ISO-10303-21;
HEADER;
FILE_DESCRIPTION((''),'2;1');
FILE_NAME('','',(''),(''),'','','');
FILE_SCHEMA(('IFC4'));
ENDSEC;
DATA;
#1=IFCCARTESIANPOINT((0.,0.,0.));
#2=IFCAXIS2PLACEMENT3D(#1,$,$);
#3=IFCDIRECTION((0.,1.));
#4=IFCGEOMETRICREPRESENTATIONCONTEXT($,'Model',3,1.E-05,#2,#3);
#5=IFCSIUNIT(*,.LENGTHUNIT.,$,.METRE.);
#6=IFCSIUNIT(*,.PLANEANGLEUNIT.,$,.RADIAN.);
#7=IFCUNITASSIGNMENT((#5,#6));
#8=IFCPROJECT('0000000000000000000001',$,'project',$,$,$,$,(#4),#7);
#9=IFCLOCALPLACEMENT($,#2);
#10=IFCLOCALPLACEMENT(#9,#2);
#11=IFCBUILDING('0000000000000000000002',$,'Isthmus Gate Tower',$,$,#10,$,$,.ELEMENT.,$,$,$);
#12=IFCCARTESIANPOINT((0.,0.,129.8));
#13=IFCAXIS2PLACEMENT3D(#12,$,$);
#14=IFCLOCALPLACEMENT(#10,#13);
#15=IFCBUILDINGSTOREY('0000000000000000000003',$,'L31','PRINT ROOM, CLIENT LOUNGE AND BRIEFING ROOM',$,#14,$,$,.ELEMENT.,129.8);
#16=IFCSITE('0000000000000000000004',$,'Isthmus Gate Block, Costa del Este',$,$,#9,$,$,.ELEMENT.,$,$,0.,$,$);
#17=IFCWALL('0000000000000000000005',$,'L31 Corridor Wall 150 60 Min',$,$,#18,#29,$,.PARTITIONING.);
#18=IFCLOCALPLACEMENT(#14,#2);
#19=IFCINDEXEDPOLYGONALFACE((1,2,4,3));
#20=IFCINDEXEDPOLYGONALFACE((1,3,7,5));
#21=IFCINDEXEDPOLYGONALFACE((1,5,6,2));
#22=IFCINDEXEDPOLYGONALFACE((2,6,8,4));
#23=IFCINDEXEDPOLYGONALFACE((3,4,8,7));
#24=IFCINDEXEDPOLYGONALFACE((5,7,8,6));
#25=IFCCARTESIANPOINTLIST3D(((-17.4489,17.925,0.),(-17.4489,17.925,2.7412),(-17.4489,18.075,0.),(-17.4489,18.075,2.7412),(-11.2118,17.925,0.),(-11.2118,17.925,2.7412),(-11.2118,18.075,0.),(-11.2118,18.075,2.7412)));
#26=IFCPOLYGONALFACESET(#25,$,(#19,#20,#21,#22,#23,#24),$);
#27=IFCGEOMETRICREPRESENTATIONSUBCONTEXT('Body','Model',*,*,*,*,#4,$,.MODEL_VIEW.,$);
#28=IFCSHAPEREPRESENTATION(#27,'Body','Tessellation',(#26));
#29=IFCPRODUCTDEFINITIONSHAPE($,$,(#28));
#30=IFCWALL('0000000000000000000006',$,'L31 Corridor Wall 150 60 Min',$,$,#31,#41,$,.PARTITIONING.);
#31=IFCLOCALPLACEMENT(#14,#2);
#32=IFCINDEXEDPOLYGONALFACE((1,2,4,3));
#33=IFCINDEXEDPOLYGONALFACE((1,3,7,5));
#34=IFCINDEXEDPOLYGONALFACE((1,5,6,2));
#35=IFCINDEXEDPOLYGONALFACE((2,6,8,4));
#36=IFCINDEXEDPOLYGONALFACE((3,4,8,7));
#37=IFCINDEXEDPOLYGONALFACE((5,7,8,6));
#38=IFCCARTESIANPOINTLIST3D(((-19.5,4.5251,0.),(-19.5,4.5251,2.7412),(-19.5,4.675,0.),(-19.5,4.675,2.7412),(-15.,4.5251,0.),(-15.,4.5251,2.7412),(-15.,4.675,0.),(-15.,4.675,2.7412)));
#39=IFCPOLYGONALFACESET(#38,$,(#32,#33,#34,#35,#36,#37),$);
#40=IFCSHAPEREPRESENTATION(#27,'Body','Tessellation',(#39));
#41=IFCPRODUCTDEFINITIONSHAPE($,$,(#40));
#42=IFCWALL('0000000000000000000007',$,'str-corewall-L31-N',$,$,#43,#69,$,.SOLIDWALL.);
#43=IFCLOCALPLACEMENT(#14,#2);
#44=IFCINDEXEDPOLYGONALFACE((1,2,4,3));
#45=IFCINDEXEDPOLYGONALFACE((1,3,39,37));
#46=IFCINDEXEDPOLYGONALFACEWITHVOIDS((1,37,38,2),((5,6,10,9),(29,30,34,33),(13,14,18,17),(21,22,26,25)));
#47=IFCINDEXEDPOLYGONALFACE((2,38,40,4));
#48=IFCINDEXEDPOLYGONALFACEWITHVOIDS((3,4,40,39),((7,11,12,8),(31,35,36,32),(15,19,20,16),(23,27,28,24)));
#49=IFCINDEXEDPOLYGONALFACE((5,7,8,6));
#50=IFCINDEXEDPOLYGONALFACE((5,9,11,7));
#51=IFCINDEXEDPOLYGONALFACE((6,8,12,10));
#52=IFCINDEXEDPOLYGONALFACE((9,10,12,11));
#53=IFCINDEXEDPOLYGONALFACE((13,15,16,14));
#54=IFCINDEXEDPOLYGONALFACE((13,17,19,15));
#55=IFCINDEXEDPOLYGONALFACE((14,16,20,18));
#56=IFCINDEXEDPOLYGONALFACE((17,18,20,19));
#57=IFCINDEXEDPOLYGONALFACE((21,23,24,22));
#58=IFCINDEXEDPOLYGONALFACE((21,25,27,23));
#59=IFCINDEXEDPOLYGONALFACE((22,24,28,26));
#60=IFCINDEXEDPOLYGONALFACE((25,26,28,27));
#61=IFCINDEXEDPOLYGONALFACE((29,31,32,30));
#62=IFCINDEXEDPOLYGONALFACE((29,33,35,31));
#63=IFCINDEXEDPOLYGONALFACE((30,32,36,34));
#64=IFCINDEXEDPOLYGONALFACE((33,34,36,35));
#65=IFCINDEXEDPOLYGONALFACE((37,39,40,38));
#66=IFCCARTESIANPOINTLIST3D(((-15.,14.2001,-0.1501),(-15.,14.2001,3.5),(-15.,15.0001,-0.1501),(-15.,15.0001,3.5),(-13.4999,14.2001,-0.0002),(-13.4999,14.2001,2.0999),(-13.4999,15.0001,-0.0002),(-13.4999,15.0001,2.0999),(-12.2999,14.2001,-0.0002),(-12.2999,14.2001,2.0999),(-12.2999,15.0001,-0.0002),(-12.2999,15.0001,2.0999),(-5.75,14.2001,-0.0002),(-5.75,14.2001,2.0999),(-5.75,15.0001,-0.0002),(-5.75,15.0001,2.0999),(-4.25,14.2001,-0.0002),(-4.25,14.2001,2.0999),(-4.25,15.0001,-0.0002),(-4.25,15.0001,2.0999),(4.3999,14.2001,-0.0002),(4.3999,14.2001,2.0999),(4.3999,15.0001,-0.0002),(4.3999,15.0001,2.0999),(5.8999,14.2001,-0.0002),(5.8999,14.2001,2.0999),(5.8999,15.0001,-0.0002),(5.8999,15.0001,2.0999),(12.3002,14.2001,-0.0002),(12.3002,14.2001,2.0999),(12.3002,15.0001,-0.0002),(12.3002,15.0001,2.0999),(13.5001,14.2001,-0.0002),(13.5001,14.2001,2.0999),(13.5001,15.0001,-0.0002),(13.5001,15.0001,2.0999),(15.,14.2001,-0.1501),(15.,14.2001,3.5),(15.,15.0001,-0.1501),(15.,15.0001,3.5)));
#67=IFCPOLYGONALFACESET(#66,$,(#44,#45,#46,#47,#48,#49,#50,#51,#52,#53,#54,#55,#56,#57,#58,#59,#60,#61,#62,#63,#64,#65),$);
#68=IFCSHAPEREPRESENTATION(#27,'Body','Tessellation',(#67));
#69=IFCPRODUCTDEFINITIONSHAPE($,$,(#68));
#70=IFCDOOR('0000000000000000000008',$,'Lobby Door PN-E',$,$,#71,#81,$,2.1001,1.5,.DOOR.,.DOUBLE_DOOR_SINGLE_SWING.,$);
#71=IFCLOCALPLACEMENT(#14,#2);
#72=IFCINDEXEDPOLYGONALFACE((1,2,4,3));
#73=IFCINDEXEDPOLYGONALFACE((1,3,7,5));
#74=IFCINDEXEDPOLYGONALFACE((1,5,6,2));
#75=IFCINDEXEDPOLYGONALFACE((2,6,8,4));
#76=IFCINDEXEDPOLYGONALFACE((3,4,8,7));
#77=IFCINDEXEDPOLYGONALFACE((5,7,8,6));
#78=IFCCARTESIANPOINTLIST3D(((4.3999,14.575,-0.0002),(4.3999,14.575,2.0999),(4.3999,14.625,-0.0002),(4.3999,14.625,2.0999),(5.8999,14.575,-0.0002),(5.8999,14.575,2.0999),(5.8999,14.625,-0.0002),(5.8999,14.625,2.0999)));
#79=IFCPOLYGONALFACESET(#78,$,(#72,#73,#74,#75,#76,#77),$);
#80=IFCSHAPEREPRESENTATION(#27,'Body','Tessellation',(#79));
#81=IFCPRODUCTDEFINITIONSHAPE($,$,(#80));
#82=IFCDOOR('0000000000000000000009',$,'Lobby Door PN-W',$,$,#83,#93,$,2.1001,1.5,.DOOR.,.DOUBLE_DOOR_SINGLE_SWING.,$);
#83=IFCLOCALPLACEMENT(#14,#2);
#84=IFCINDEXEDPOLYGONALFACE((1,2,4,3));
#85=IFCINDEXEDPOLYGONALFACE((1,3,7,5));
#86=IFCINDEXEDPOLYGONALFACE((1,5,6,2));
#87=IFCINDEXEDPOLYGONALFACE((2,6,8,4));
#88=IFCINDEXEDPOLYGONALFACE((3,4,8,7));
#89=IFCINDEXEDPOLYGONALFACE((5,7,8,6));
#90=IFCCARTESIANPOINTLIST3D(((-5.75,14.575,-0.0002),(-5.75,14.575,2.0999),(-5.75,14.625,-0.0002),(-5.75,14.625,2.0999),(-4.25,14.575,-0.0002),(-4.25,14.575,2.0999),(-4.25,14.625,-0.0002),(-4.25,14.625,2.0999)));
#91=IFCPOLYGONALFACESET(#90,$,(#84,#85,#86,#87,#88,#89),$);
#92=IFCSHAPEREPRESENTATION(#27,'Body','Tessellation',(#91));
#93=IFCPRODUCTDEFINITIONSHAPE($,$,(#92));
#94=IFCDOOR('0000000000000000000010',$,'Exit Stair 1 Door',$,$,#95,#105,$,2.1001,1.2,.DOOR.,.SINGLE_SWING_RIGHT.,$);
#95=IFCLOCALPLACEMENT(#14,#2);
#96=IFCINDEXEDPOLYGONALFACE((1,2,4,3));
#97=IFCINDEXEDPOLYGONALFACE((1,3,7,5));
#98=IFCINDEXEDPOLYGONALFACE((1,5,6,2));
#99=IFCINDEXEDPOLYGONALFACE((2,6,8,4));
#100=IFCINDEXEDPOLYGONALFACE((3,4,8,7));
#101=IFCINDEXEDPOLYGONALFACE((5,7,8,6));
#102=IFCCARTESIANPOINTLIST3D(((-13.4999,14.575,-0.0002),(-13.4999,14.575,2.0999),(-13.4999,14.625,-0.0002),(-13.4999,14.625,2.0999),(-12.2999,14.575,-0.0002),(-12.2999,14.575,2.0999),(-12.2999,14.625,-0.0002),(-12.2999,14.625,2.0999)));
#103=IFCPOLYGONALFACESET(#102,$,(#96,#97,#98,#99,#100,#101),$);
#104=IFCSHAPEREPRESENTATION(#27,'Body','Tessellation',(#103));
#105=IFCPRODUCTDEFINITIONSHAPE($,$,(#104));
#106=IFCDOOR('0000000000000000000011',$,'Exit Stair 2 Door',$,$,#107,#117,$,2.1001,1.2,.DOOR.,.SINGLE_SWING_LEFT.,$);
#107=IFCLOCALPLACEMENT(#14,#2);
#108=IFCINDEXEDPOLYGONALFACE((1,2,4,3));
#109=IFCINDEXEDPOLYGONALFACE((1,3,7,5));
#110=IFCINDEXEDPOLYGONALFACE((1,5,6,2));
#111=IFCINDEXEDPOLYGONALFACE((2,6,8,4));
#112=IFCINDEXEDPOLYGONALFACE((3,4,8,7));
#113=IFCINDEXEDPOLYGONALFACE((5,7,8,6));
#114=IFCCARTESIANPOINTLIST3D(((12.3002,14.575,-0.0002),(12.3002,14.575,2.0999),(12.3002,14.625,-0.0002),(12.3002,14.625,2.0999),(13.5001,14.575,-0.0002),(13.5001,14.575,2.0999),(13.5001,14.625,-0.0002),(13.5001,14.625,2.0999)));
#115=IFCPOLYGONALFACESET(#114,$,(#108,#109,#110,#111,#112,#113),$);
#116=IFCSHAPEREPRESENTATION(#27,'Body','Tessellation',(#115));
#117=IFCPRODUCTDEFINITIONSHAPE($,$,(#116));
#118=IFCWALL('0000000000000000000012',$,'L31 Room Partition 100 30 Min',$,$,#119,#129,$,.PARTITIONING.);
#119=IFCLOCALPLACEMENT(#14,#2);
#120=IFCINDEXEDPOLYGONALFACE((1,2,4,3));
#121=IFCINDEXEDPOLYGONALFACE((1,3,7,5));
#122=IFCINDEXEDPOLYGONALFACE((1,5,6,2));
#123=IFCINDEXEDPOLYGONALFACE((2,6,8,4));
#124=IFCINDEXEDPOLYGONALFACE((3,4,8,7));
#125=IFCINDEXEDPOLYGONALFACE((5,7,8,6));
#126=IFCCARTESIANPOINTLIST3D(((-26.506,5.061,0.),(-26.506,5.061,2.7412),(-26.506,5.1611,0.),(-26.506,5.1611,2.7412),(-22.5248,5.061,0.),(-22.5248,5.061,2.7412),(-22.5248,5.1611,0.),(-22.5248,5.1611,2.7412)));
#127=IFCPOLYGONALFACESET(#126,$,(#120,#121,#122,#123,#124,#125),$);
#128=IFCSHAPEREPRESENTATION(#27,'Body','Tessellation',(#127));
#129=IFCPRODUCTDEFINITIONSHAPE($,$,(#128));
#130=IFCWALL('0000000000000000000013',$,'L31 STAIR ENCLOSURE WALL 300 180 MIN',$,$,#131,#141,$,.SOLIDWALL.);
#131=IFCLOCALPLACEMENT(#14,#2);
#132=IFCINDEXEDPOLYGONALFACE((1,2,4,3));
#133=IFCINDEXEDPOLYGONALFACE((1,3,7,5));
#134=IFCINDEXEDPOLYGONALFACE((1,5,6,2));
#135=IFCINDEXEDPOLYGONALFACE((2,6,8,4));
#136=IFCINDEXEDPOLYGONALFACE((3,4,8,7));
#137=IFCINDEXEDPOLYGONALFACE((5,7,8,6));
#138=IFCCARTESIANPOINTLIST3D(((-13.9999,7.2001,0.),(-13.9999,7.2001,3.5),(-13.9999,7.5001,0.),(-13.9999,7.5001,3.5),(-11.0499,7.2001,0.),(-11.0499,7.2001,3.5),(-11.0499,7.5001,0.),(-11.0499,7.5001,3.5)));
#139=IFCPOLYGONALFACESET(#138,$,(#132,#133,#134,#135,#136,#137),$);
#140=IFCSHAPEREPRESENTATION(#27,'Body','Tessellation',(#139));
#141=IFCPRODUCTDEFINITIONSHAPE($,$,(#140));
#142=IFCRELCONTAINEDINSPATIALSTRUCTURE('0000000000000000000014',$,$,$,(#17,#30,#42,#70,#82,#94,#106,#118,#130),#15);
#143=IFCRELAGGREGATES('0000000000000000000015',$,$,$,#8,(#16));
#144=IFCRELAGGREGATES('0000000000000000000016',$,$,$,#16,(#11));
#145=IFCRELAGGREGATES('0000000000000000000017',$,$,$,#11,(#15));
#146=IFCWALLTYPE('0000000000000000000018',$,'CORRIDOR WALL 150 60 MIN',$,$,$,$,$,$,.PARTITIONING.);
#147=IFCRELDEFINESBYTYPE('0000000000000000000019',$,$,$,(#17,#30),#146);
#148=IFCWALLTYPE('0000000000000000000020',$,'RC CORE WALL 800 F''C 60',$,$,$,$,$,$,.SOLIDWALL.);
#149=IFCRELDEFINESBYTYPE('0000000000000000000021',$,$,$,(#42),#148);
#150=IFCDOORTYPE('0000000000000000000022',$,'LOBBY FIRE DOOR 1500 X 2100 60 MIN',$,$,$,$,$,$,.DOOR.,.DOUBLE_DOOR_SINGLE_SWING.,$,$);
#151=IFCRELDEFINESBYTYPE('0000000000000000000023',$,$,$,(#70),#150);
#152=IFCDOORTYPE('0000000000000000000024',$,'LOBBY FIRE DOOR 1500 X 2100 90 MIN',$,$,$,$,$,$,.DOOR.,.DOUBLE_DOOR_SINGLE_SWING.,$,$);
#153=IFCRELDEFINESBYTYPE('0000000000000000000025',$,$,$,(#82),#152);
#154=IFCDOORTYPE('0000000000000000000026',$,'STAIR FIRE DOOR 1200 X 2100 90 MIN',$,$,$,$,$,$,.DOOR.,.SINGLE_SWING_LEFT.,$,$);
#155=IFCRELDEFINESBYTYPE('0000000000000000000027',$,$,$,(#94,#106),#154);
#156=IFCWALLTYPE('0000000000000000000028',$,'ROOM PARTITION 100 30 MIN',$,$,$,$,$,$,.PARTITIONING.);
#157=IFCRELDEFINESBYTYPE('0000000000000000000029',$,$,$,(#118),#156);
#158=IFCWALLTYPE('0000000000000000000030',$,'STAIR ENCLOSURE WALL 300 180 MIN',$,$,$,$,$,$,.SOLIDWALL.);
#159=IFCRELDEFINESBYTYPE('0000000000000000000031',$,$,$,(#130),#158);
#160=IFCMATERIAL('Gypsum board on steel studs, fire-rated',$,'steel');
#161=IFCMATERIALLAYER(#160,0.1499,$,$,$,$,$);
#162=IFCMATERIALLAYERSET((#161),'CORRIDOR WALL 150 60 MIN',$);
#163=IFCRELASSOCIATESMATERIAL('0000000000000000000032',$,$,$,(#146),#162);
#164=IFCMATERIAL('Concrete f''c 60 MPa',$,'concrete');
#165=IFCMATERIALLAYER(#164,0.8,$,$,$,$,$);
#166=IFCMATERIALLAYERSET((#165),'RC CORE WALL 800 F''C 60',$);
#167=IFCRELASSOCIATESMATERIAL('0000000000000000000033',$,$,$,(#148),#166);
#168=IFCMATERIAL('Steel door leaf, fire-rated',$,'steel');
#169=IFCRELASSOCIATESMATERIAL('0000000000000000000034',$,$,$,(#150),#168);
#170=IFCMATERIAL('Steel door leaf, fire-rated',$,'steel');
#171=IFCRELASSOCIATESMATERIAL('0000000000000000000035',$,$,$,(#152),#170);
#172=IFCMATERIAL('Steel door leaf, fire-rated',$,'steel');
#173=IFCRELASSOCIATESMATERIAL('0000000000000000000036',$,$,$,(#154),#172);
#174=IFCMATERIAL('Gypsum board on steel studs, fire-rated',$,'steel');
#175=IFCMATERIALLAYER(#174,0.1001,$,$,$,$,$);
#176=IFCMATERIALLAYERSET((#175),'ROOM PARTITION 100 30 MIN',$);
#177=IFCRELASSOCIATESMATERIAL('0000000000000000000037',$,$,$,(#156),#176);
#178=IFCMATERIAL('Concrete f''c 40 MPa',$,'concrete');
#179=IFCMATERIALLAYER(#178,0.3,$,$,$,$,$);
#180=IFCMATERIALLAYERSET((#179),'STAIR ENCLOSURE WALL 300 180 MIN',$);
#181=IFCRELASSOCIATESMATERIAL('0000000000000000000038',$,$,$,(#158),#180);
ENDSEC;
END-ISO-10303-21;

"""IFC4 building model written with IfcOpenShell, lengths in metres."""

from ifc_helpers import new_model, si_unit, direction, frame, frame_2d, origin, place, context, subcontext, project, spatial, rectangle, extrude, material, layer, layer_set, type_object, element, fill, save


model = new_model("IFC4")

# Units and contexts
model_context = context("Model", 3, precision=1e-05, world=origin(), true_north=direction((0.0, 1.0)))
body_context = subcontext(model_context, "Body", "Model", "MODEL_VIEW")
ifc_project = project(units=[si_unit("LENGTHUNIT", "METRE"), si_unit("PLANEANGLEUNIT", "RADIAN")], contexts=[model_context])

# Site, building, storey
site_placement = place(None, origin())
site = spatial("IfcSite", under=ifc_project, at=site_placement, Name="Isthmus Gate Block, Costa del Este", CompositionType="ELEMENT", RefElevation=0.0)
building_placement = place(site_placement, origin())
building = spatial("IfcBuilding", under=site, at=building_placement, Name="Isthmus Gate Tower", CompositionType="ELEMENT")
storey_placement = place(building_placement, frame((0.0, 0.0, 129.8)))
storey = spatial("IfcBuildingStorey", under=building, at=storey_placement, Name="L31", Description="PRINT ROOM, CLIENT LOUNGE AND BRIEFING ROOM", CompositionType="ELEMENT", Elevation=129.8)

# Shared definitions
ifc_material_1 = material(Name="Gypsum board on steel studs, fire-rated", Category="steel")
ifc_layer_1 = layer(ifc_material_1, 0.1499)
ifc_layer_set_1 = layer_set([ifc_layer_1], Name="CORRIDOR WALL 150 60 MIN")
wall_type_1 = type_object("IfcWallType", Name="CORRIDOR WALL 150 60 MIN", PredefinedType="PARTITIONING", material=ifc_layer_set_1)

# Walls
wall_1_placement = place(storey_placement, frame((-17.449, 18.0, 0.0), z_axis=(0.0, 0.0, 1.0), x_axis=(1.0, 0.0, 0.0)))
element("IfcWall", 1, at=wall_1_placement, inside=storey, type_object=wall_type_1, Name="L31 Corridor Wall 150 60 Min", PredefinedType="PARTITIONING", context=body_context, shape_type="SweptSolid", body=[
    extrude(rectangle(XDim=6.2371, YDim=0.1499, at=frame_2d((3.1187, 0.0))), origin(), (0.0, 0.0, 1.0), 2.7412),
])
wall_2_placement = place(storey_placement, frame((-19.5, 4.6001, 0.0), z_axis=(0.0, 0.0, 1.0), x_axis=(1.0, 0.0, 0.0)))
element("IfcWall", 2, at=wall_2_placement, inside=storey, type_object=wall_type_1, Name="L31 Corridor Wall 150 60 Min", PredefinedType="PARTITIONING", context=body_context, shape_type="SweptSolid", body=[
    extrude(rectangle(XDim=4.5, YDim=0.1499, at=frame_2d((2.25, 0.0))), origin(), (0.0, 0.0, 1.0), 2.7412),
])

# Wall, openings, doors
ifc_material_2 = material(Name="Concrete f'c 60 MPa", Category="concrete")
ifc_layer_2 = layer(ifc_material_2, 0.8)
ifc_layer_set_2 = layer_set([ifc_layer_2], Name="RC CORE WALL 800 F'C 60")
wall_type_2 = type_object("IfcWallType", Name="RC CORE WALL 800 F'C 60", PredefinedType="SOLIDWALL", material=ifc_layer_set_2)
wall_3_placement = place(storey_placement, frame((-15.0, 14.6001, -0.1501), z_axis=(0.0, 0.0, 1.0), x_axis=(1.0, 0.0, 0.0)))
wall_3 = element("IfcWall", 3, at=wall_3_placement, inside=storey, type_object=wall_type_2, Name="str-corewall-L31-N", PredefinedType="SOLIDWALL", context=body_context, shape_type="SweptSolid", body=[
    extrude(rectangle(XDim=30.0, YDim=0.8, at=frame_2d((15.0, 0.0))), origin(), (0.0, 0.0, 1.0), 3.6501),
])
opening_1_placement = place(wall_3_placement, frame((9.25, 0.0, 0.1499)))
opening_1 = element("IfcOpeningElement", 4, at=opening_1_placement, cuts=wall_3, PredefinedType="OPENING", context=body_context, shape_type="SweptSolid", body=[
    extrude(rectangle(XDim=1.5, YDim=2.1001, at=frame_2d((0.75, 1.05))), frame((0.0, 0.4099, 0.0), z_axis=(0.0, -1.0, 0.0), x_axis=(1.0, 0.0, 0.0)), (0.0, 0.0, 1.0), 0.8201),
])
opening_2_placement = place(wall_3_placement, frame((19.3999, 0.0, 0.1499)))
opening_2 = element("IfcOpeningElement", 5, at=opening_2_placement, cuts=wall_3, PredefinedType="OPENING", context=body_context, shape_type="SweptSolid", body=[
    extrude(rectangle(XDim=1.5, YDim=2.1001, at=frame_2d((0.75, 1.05))), frame((0.0, 0.4099, 0.0), z_axis=(0.0, -1.0, 0.0), x_axis=(1.0, 0.0, 0.0)), (0.0, 0.0, 1.0), 0.8201),
])
opening_3_placement = place(wall_3_placement, frame((1.5, 0.0, 0.1499)))
opening_3 = element("IfcOpeningElement", 6, at=opening_3_placement, cuts=wall_3, PredefinedType="OPENING", context=body_context, shape_type="SweptSolid", body=[
    extrude(rectangle(XDim=1.2, YDim=2.1001, at=frame_2d((0.6001, 1.05))), frame((0.0, 0.4099, 0.0), z_axis=(0.0, -1.0, 0.0), x_axis=(1.0, 0.0, 0.0)), (0.0, 0.0, 1.0), 0.8201),
])
opening_4_placement = place(wall_3_placement, frame((27.3, 0.0, 0.1499)))
opening_4 = element("IfcOpeningElement", 7, at=opening_4_placement, cuts=wall_3, PredefinedType="OPENING", context=body_context, shape_type="SweptSolid", body=[
    extrude(rectangle(XDim=1.2, YDim=2.1001, at=frame_2d((0.6001, 1.05))), frame((0.0, 0.4099, 0.0), z_axis=(0.0, -1.0, 0.0), x_axis=(1.0, 0.0, 0.0)), (0.0, 0.0, 1.0), 0.8201),
])
ifc_material_3 = material(Name="Steel door leaf, fire-rated", Category="steel")
door_type_1 = type_object("IfcDoorType", Name="LOBBY FIRE DOOR 1500 X 2100 60 MIN", OperationType="DOUBLE_DOOR_SINGLE_SWING", PredefinedType="DOOR", material=ifc_material_3)
door_1_placement = place(opening_2_placement, origin())
door_1 = element("IfcDoor", 8, at=door_1_placement, inside=storey, type_object=door_type_1, Name="Lobby Door PN-E", OperationType="DOUBLE_DOOR_SINGLE_SWING", OverallHeight=2.1001, OverallWidth=1.5, PredefinedType="DOOR", context=body_context, shape_type="SweptSolid", body=[
    extrude(rectangle(XDim=1.5, YDim=2.1001, at=frame_2d((0.75, 1.05))), frame((0.0, 0.0249, 0.0), z_axis=(0.0, -1.0, 0.0), x_axis=(1.0, 0.0, 0.0)), (0.0, 0.0, 1.0), 0.05),
])
fill(opening_2, door_1)
ifc_material_4 = material(Name="Steel door leaf, fire-rated", Category="steel")
door_type_2 = type_object("IfcDoorType", Name="LOBBY FIRE DOOR 1500 X 2100 90 MIN", OperationType="DOUBLE_DOOR_SINGLE_SWING", PredefinedType="DOOR", material=ifc_material_4)
door_2_placement = place(opening_1_placement, origin())
door_2 = element("IfcDoor", 9, at=door_2_placement, inside=storey, type_object=door_type_2, Name="Lobby Door PN-W", OperationType="DOUBLE_DOOR_SINGLE_SWING", OverallHeight=2.1001, OverallWidth=1.5, PredefinedType="DOOR", context=body_context, shape_type="SweptSolid", body=[
    extrude(rectangle(XDim=1.5, YDim=2.1001, at=frame_2d((0.75, 1.05))), frame((0.0, 0.0249, 0.0), z_axis=(0.0, -1.0, 0.0), x_axis=(1.0, 0.0, 0.0)), (0.0, 0.0, 1.0), 0.05),
])
fill(opening_1, door_2)
ifc_material_5 = material(Name="Steel door leaf, fire-rated", Category="steel")
door_type_3 = type_object("IfcDoorType", Name="STAIR FIRE DOOR 1200 X 2100 90 MIN", OperationType="SINGLE_SWING_LEFT", PredefinedType="DOOR", material=ifc_material_5)
door_3_placement = place(opening_3_placement, origin())
door_3 = element("IfcDoor", 10, at=door_3_placement, inside=storey, type_object=door_type_3, Name="Exit Stair 1 Door", OperationType="SINGLE_SWING_RIGHT", OverallHeight=2.1001, OverallWidth=1.2, PredefinedType="DOOR", context=body_context, shape_type="SweptSolid", body=[
    extrude(rectangle(XDim=1.2, YDim=2.1001, at=frame_2d((0.6001, 1.05))), frame((0.0, 0.0249, 0.0), z_axis=(0.0, -1.0, 0.0), x_axis=(1.0, 0.0, 0.0)), (0.0, 0.0, 1.0), 0.05),
])
fill(opening_3, door_3)
door_4_placement = place(opening_4_placement, origin())
door_4 = element("IfcDoor", 11, at=door_4_placement, inside=storey, type_object=door_type_3, Name="Exit Stair 2 Door", OperationType="SINGLE_SWING_LEFT", OverallHeight=2.1001, OverallWidth=1.2, PredefinedType="DOOR", context=body_context, shape_type="SweptSolid", body=[
    extrude(rectangle(XDim=1.2, YDim=2.1001, at=frame_2d((0.6001, 1.05))), frame((0.0, 0.0249, 0.0), z_axis=(0.0, -1.0, 0.0), x_axis=(1.0, 0.0, 0.0)), (0.0, 0.0, 1.0), 0.05),
])
fill(opening_4, door_4)

# Walls
ifc_material_6 = material(Name="Gypsum board on steel studs, fire-rated", Category="steel")
ifc_layer_3 = layer(ifc_material_6, 0.1001)
ifc_layer_set_3 = layer_set([ifc_layer_3], Name="ROOM PARTITION 100 30 MIN")
wall_type_3 = type_object("IfcWallType", Name="ROOM PARTITION 100 30 MIN", PredefinedType="PARTITIONING", material=ifc_layer_set_3)
wall_4_placement = place(storey_placement, frame((-26.5061, 5.1111, 0.0), z_axis=(0.0, 0.0, 1.0), x_axis=(1.0, 0.0, 0.0)))
element("IfcWall", 12, at=wall_4_placement, inside=storey, type_object=wall_type_3, Name="L31 Room Partition 100 30 Min", PredefinedType="PARTITIONING", context=body_context, shape_type="SweptSolid", body=[
    extrude(rectangle(XDim=3.9812, YDim=0.1001, at=frame_2d((1.9907, 0.0))), origin(), (0.0, 0.0, 1.0), 2.7412),
])
ifc_material_7 = material(Name="Concrete f'c 40 MPa", Category="concrete")
ifc_layer_4 = layer(ifc_material_7, 0.3)
ifc_layer_set_4 = layer_set([ifc_layer_4], Name="STAIR ENCLOSURE WALL 300 180 MIN")
wall_type_4 = type_object("IfcWallType", Name="STAIR ENCLOSURE WALL 300 180 MIN", PredefinedType="SOLIDWALL", material=ifc_layer_set_4)
wall_5_placement = place(storey_placement, frame((-14.0, 7.3501, 0.0), z_axis=(0.0, 0.0, 1.0), x_axis=(1.0, 0.0, 0.0)))
element("IfcWall", 13, at=wall_5_placement, inside=storey, type_object=wall_type_4, Name="L31 STAIR ENCLOSURE WALL 300 180 MIN", PredefinedType="SOLIDWALL", context=body_context, shape_type="SweptSolid", body=[
    extrude(rectangle(XDim=2.95, YDim=0.3, at=frame_2d((1.4751, 0.0))), origin(), (0.0, 0.0, 1.0), 3.5),
])

save(model, "model.ifc")
